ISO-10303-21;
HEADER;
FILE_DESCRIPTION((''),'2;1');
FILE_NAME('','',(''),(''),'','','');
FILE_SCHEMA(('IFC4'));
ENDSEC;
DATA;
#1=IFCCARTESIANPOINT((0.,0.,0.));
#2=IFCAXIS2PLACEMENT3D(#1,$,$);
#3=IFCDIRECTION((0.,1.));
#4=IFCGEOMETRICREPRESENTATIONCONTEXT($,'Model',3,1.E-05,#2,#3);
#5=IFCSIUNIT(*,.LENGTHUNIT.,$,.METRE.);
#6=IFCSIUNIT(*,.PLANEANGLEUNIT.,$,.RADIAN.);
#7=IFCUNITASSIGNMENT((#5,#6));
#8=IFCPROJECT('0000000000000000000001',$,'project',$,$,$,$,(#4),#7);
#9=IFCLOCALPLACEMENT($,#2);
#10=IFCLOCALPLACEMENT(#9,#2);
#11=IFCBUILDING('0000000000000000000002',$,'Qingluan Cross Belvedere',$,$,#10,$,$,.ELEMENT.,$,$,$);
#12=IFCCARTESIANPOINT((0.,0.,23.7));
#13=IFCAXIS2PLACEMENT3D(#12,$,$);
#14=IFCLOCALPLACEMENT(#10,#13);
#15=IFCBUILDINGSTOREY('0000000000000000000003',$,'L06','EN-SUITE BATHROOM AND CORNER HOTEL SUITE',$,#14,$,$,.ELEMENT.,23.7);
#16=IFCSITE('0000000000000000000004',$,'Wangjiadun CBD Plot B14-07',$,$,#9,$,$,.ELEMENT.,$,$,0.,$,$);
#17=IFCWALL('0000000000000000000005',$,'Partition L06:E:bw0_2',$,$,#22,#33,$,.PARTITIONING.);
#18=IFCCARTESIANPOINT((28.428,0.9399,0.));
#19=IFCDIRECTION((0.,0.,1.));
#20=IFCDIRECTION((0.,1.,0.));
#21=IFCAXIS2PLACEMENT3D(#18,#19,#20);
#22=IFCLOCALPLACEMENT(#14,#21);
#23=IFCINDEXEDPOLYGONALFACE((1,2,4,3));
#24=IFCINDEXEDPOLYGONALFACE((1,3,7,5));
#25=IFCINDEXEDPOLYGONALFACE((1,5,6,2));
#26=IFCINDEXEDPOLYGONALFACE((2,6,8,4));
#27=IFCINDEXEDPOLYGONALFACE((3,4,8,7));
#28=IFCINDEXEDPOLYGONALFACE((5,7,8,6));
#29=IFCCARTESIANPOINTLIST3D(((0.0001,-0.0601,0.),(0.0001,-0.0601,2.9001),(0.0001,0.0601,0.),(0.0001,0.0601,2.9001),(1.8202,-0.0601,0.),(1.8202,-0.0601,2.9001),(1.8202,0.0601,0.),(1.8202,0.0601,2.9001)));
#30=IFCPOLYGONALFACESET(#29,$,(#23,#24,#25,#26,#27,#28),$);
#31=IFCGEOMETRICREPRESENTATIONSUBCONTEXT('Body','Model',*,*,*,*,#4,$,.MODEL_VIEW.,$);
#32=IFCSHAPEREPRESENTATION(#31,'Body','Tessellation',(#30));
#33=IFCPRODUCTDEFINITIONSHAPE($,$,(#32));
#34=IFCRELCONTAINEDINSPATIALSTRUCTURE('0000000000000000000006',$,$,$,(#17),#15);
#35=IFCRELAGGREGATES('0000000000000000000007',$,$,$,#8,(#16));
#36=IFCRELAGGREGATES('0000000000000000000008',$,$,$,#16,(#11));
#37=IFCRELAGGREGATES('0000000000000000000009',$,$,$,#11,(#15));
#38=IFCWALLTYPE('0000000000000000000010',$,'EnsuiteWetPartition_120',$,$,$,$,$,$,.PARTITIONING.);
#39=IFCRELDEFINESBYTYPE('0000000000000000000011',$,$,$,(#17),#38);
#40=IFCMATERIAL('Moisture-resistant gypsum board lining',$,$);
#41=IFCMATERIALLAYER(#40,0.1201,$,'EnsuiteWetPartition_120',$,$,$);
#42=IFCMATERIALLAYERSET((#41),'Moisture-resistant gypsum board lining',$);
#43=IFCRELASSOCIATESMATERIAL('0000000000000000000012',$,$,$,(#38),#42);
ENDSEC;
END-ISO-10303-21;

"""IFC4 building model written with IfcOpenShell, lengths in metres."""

from ifc_helpers import new_model, si_unit, direction, frame, frame_2d, origin, place, context, subcontext, project, spatial, rectangle, extrude, material, layer, layer_set, type_object, element, save


model = new_model("IFC4")

# Units and contexts
model_context = context("Model", 3, precision=1e-05, world=origin(), true_north=direction((0.0, 1.0)))
body_context = subcontext(model_context, "Body", "Model", "MODEL_VIEW")
ifc_project = project(units=[si_unit("LENGTHUNIT", "METRE"), si_unit("PLANEANGLEUNIT", "RADIAN")], contexts=[model_context])

# Site, building, storey
site_placement = place(None, origin())
site = spatial("IfcSite", under=ifc_project, at=site_placement, Name="Wangjiadun CBD Plot B14-07", CompositionType="ELEMENT", RefElevation=0.0)
building_placement = place(site_placement, origin())
building = spatial("IfcBuilding", under=site, at=building_placement, Name="Qingluan Cross Belvedere", CompositionType="ELEMENT")
storey_placement = place(building_placement, frame((0.0, 0.0, 23.7)))
storey = spatial("IfcBuildingStorey", under=building, at=storey_placement, Name="L06", Description="EN-SUITE BATHROOM AND CORNER HOTEL SUITE", CompositionType="ELEMENT", Elevation=23.7)

# Shared definitions
ifc_material_1 = material(Name="Moisture-resistant gypsum board lining")
ifc_layer_1 = layer(ifc_material_1, 0.1201, Name="EnsuiteWetPartition_120")
ifc_layer_set_1 = layer_set([ifc_layer_1], Name="Moisture-resistant gypsum board lining")
wall_type_1 = type_object("IfcWallType", Name="EnsuiteWetPartition_120", PredefinedType="PARTITIONING", material=ifc_layer_set_1)

# Wall
wall_1_placement = place(storey_placement, frame((28.428, 0.9399, 0.0), z_axis=(0.0, 0.0, 1.0), x_axis=(0.0, 1.0, 0.0)))
element("IfcWall", 1, at=wall_1_placement, inside=storey, type_object=wall_type_1, Name="Partition L06:E:bw0_2", PredefinedType="PARTITIONING", context=body_context, shape_type="SweptSolid", body=[
    extrude(rectangle(XDim=1.8201, YDim=0.1201, at=frame_2d((0.9102, 0.0))), origin(), (0.0, 0.0, 1.0), 2.9001),
])

save(model, "model.ifc")
